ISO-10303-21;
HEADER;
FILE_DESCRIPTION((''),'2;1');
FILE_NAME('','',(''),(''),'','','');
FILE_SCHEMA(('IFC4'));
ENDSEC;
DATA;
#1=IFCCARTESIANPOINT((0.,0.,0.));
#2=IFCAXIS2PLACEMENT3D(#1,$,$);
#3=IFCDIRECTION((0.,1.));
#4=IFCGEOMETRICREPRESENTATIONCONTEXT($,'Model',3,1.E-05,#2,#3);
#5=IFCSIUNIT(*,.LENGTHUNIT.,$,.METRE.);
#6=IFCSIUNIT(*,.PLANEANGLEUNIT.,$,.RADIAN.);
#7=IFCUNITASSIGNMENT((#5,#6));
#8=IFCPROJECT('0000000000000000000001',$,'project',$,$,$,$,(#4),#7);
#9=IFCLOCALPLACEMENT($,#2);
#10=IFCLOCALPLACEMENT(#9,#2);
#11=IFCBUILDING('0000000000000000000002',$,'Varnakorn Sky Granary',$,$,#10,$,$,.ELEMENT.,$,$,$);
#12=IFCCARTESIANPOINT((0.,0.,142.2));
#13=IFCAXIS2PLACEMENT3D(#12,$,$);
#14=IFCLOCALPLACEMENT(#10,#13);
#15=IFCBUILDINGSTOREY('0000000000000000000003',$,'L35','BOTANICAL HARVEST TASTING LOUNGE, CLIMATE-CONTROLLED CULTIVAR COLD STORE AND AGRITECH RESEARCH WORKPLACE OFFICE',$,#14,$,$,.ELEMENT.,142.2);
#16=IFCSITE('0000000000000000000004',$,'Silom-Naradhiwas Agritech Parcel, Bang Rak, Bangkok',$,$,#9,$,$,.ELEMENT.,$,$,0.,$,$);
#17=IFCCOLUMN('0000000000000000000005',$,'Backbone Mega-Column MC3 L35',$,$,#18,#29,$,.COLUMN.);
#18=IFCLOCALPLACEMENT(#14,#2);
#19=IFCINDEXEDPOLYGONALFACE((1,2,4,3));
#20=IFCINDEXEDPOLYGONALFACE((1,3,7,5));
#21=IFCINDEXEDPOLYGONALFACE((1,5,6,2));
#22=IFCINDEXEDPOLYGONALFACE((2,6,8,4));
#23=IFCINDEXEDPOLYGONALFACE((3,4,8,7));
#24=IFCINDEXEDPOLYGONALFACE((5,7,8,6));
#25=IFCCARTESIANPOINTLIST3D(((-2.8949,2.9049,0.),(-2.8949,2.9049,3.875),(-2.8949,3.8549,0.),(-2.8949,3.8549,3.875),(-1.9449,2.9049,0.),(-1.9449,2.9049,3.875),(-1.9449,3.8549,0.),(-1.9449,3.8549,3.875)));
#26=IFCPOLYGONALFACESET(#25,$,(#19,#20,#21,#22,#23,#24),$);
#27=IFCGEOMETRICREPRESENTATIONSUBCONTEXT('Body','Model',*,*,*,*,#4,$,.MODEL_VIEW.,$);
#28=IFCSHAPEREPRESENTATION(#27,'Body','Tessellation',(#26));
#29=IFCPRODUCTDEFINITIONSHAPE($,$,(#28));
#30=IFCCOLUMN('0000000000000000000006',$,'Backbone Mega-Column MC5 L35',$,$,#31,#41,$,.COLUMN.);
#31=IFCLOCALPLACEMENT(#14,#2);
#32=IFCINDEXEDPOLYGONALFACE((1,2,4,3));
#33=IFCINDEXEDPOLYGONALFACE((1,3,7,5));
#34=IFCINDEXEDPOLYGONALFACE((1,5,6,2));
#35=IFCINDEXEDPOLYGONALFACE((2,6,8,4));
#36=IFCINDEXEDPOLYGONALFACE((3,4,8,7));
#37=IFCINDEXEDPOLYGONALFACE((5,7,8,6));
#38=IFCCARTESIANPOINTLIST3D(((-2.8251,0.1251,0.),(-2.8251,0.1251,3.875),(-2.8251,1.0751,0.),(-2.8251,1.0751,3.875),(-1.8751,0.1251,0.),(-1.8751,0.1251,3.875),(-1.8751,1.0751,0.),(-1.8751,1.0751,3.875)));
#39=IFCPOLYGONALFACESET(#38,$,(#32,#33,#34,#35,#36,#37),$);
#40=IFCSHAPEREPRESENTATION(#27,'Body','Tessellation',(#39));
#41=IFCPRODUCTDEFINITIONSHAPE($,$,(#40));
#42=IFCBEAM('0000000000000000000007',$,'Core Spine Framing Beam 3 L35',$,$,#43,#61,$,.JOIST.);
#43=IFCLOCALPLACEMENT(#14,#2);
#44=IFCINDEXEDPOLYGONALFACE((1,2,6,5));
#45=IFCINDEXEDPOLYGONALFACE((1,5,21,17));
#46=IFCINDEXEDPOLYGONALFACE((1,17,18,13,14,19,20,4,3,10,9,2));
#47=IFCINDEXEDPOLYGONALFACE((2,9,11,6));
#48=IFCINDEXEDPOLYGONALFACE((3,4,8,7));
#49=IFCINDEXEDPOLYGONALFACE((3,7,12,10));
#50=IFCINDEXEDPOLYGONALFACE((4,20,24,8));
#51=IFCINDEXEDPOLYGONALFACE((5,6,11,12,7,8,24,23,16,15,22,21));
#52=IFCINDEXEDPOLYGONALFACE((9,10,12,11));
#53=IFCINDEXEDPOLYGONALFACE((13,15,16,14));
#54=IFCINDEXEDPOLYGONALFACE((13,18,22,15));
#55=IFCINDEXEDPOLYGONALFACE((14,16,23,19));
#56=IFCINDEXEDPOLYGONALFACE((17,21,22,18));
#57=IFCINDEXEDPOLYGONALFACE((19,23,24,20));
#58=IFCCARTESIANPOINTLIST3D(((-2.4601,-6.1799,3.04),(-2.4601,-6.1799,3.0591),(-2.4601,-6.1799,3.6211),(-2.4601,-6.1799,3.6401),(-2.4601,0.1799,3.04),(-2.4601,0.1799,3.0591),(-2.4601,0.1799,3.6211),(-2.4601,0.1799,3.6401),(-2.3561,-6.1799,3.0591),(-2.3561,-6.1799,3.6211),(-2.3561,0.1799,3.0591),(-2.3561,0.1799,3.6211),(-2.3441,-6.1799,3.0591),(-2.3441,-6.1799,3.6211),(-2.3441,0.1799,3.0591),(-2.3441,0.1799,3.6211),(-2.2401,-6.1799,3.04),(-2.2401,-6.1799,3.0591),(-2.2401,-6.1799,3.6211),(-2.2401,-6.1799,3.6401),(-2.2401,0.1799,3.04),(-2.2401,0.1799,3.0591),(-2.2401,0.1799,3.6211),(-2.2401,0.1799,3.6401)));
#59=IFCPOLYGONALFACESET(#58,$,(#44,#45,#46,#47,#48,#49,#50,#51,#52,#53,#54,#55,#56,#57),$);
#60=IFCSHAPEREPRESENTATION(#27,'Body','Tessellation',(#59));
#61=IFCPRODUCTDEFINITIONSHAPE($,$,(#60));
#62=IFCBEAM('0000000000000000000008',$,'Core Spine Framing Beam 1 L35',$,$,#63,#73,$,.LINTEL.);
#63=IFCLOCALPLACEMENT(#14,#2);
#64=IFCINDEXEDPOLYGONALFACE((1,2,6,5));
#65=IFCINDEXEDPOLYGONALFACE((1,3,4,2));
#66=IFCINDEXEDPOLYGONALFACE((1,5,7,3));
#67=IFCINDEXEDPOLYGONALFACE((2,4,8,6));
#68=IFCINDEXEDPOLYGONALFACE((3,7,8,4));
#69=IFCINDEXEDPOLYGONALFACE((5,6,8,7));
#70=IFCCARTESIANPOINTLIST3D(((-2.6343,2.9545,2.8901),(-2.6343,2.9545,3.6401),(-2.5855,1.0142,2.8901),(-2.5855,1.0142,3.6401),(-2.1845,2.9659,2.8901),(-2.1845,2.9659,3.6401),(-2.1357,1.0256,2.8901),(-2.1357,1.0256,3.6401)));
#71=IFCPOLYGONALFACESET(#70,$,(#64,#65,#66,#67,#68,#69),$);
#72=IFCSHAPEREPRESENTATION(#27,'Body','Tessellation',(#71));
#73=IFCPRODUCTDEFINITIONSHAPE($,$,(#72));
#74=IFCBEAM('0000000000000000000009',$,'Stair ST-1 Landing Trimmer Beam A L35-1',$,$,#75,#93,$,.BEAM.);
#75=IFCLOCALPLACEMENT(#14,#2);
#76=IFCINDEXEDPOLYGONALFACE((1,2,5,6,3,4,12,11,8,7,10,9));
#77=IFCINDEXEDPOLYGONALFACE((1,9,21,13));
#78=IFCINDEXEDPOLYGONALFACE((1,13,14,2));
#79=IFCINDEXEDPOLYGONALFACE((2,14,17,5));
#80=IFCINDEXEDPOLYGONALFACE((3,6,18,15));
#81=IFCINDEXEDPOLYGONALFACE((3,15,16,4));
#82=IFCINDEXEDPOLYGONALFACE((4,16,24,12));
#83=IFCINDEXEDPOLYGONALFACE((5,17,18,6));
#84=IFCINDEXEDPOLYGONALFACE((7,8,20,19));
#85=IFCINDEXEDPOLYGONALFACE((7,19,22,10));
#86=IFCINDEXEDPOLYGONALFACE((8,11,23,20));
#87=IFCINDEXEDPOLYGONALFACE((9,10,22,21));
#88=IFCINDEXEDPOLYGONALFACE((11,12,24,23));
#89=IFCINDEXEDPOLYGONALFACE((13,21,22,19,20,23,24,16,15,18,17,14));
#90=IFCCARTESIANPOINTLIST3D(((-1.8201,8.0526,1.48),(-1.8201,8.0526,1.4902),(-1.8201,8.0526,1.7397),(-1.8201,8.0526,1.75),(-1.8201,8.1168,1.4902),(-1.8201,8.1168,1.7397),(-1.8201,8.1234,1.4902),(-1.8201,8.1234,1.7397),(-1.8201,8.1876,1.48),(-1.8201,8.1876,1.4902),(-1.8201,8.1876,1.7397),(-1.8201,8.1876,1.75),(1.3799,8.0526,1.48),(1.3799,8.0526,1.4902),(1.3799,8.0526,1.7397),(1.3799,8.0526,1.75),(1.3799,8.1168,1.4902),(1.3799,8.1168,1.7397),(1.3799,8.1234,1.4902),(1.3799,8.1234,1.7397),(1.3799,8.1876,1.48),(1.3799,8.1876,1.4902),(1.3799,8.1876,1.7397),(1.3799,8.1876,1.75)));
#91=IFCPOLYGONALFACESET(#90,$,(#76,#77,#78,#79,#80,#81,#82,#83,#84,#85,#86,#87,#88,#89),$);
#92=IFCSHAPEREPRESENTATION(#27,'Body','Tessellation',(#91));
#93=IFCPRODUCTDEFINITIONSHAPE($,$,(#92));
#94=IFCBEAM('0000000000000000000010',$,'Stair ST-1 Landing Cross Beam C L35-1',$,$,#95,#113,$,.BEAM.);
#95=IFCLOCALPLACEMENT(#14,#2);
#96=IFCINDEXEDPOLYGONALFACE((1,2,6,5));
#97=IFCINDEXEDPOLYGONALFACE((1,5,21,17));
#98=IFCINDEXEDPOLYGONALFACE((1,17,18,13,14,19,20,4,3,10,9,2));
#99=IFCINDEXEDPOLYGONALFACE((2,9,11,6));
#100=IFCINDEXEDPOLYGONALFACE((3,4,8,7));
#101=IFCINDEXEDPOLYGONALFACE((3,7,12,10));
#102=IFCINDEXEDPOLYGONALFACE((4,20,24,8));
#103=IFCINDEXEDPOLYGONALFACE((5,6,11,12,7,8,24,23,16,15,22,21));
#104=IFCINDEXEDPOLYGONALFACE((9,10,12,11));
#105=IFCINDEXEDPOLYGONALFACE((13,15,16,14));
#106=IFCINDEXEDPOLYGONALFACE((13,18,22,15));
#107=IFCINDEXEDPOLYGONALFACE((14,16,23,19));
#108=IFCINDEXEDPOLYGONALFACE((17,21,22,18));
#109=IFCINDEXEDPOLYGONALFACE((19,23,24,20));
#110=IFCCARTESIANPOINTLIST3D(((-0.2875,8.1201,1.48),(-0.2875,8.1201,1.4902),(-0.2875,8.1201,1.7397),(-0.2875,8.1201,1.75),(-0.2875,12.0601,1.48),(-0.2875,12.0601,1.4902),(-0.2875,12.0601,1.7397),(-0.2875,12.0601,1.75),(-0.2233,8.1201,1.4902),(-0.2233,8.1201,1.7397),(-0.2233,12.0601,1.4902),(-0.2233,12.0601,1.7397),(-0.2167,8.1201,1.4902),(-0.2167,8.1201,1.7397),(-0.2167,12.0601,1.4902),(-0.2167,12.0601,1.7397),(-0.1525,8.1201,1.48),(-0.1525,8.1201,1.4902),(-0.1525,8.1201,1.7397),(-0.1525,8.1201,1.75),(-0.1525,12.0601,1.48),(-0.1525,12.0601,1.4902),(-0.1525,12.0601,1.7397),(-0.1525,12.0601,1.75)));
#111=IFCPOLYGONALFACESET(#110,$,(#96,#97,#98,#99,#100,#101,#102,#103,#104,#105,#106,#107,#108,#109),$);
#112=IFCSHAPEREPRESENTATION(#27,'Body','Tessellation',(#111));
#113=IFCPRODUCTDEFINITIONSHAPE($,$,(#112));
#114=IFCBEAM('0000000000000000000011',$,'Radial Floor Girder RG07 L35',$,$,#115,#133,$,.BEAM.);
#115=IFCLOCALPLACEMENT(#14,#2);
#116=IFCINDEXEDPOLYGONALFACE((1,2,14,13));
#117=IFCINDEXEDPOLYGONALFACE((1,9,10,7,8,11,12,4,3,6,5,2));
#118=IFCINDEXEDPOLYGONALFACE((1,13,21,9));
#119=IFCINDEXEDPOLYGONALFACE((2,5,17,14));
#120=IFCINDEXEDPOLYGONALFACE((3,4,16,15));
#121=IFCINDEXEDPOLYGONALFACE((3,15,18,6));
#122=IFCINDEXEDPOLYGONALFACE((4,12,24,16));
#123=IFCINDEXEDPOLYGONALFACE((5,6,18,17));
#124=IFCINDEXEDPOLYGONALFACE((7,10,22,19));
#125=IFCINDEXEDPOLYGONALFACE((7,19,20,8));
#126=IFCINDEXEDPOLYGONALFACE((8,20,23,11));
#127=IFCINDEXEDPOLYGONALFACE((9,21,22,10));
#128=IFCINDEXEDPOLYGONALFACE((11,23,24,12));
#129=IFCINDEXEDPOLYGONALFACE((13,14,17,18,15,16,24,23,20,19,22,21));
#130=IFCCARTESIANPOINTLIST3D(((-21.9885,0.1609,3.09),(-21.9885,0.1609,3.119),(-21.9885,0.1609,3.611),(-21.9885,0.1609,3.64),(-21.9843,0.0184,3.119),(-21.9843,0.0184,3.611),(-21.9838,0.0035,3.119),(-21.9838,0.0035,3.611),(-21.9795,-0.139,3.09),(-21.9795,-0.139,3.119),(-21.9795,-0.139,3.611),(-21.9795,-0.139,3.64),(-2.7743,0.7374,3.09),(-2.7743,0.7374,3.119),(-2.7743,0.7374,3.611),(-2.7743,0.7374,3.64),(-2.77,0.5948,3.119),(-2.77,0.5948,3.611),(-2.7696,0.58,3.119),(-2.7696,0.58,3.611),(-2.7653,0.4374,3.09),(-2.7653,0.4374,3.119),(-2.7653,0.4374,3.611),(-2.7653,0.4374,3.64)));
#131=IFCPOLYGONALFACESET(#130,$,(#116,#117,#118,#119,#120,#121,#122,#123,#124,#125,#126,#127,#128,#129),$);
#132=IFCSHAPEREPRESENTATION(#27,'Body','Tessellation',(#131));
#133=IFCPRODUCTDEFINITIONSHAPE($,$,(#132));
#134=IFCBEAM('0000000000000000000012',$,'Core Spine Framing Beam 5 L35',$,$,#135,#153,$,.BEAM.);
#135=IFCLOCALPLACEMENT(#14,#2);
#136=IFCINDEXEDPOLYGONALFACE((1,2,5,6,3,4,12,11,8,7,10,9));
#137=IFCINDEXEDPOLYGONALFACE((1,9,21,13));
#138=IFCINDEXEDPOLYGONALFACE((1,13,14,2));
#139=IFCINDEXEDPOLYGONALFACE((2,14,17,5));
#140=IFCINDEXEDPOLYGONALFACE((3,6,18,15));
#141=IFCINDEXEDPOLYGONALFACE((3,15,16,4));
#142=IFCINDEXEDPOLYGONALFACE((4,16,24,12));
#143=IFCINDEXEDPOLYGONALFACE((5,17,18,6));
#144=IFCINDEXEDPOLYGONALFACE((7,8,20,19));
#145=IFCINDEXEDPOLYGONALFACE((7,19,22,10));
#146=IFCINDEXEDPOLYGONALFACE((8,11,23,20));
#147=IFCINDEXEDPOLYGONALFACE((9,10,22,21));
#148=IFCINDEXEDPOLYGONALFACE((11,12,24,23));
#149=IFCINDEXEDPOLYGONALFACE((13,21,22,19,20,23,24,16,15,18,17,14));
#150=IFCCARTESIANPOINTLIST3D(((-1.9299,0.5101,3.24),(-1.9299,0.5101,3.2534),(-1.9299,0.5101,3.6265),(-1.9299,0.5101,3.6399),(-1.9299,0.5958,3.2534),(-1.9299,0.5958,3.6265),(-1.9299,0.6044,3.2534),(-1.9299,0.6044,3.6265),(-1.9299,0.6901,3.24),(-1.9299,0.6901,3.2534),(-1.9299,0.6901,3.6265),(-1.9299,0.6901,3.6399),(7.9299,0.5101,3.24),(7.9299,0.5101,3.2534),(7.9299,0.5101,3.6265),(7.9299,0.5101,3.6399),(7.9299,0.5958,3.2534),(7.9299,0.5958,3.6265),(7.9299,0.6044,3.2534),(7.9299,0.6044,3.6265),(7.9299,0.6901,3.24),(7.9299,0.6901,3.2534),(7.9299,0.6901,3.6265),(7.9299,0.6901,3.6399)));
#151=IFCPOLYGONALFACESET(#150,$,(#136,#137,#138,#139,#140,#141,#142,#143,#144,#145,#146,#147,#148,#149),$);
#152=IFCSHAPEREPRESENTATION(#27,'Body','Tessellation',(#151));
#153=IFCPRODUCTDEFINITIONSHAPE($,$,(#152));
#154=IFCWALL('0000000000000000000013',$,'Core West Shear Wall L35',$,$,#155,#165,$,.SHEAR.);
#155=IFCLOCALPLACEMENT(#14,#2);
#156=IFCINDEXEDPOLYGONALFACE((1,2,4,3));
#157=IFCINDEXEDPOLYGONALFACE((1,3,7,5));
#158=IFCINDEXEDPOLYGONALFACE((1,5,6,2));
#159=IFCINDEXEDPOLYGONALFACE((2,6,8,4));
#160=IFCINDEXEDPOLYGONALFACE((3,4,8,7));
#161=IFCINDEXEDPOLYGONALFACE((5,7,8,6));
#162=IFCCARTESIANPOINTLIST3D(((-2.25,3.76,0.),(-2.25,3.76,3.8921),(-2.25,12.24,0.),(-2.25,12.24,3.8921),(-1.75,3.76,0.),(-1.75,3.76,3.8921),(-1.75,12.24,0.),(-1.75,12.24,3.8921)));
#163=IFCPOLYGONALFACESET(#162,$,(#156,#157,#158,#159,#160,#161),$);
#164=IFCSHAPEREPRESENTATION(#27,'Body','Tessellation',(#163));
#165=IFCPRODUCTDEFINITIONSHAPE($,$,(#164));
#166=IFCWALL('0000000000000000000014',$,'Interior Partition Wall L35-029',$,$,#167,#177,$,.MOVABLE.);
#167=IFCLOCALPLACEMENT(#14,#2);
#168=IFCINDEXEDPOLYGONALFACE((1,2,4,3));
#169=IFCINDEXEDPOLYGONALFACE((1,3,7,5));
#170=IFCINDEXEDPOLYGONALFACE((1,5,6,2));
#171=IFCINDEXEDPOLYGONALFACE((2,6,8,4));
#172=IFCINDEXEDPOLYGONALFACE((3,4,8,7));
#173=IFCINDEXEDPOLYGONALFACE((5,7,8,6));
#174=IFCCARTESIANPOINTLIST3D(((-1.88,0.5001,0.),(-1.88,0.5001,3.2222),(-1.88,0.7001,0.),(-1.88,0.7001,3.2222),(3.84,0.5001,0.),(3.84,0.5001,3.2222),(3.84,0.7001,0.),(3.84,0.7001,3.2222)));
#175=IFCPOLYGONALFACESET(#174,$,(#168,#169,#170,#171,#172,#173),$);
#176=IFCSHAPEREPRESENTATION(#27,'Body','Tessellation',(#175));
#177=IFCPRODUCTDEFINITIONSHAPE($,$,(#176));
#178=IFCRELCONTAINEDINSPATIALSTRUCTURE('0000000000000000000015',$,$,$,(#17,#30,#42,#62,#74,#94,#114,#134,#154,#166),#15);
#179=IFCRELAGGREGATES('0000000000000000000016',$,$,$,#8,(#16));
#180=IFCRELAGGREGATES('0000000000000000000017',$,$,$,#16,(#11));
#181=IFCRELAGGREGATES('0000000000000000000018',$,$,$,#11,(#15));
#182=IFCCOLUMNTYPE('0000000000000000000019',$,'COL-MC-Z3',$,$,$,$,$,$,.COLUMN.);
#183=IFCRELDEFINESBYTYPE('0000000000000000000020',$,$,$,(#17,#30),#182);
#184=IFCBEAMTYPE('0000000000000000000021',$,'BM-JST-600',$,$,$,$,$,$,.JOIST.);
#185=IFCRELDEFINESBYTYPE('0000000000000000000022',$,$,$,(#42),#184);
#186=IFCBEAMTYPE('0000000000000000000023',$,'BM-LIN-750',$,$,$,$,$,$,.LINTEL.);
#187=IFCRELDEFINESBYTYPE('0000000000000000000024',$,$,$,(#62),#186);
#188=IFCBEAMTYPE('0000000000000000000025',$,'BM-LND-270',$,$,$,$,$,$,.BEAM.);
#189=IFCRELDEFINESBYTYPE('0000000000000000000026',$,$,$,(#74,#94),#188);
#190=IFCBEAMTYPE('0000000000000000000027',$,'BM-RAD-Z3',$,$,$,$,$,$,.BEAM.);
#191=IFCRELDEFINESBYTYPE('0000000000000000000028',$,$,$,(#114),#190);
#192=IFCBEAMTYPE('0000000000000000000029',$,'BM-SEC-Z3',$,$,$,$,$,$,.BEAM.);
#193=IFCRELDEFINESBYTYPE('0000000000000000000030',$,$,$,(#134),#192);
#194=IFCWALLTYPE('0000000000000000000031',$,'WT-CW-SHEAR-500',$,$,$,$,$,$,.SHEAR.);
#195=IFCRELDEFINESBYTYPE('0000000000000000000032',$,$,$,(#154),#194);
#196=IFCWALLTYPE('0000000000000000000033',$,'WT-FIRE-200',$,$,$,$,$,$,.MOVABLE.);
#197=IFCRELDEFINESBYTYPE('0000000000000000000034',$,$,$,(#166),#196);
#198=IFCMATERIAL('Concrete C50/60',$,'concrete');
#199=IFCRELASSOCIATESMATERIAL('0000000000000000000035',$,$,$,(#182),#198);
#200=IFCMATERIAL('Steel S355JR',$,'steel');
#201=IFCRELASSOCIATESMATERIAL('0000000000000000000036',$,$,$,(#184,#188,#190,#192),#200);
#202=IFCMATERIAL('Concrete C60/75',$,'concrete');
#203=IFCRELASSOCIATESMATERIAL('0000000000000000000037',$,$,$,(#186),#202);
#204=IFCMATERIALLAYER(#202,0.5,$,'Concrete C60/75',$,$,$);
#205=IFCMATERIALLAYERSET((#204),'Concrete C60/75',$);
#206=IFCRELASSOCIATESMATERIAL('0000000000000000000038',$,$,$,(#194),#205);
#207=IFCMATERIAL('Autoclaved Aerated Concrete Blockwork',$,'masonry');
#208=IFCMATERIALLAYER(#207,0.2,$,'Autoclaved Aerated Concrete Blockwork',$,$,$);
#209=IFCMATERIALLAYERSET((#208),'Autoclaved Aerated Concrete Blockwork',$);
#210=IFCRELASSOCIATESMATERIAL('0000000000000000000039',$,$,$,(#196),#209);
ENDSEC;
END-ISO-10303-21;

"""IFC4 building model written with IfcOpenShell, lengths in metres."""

from ifc_helpers import new_model, si_unit, direction, frame, frame_2d, origin, origin_2d, place, context, subcontext, project, spatial, rectangle, i_section, extrude, material, layer, layer_set, material_profile, profile_set, type_object, element, save


model = new_model("IFC4")

# Units and contexts
model_context = context("Model", 3, precision=1e-05, world=origin(), true_north=direction((0.0, 1.0)))
body_context = subcontext(model_context, "Body", "Model", "MODEL_VIEW")
ifc_project = project(units=[si_unit("LENGTHUNIT", "METRE"), si_unit("PLANEANGLEUNIT", "RADIAN")], contexts=[model_context])

# Site, building, storey
site_placement = place(None, origin())
site = spatial("IfcSite", under=ifc_project, at=site_placement, Name="Silom-Naradhiwas Agritech Parcel, Bang Rak, Bangkok", CompositionType="ELEMENT", RefElevation=0.0)
building_placement = place(site_placement, origin())
building = spatial("IfcBuilding", under=site, at=building_placement, Name="Varnakorn Sky Granary", CompositionType="ELEMENT")
storey_placement = place(building_placement, frame((0.0, 0.0, 142.2)))
storey = spatial("IfcBuildingStorey", under=building, at=storey_placement, Name="L35", Description="BOTANICAL HARVEST TASTING LOUNGE, CLIMATE-CONTROLLED CULTIVAR COLD STORE AND AGRITECH RESEARCH WORKPLACE OFFICE", CompositionType="ELEMENT", Elevation=142.2)

# Columns
ifc_material_1 = material(Name="Concrete C50/60", Category="concrete")
ifc_material_profile_1 = material_profile(ifc_material_1, rectangle(XDim=0.95, YDim=0.95, at=origin_2d()), Name="RC 950x950")
ifc_profile_set_1 = profile_set([ifc_material_profile_1], Name="Concrete C50/60")
column_type = type_object("IfcColumnType", Name="COL-MC-Z3", PredefinedType="COLUMN", material=ifc_profile_set_1)
for number, where, z_axis, x_axis, name in (
    (1, (-2.4199, 3.3799, 0.0), (0.0, 0.0, 1.0), (1.0, 0.0, 0.0), "Backbone Mega-Column MC3 L35"),
    (2, (-2.3501, 0.6001, 0.0), (0.0, 0.0, 1.0), (1.0, 0.0, 0.0), "Backbone Mega-Column MC5 L35"),
):
    element("IfcColumn", number, at=place(storey_placement, frame(where, z_axis=z_axis, x_axis=x_axis)), inside=storey, type_object=column_type, Name=name, PredefinedType="COLUMN", context=body_context, shape_type="SweptSolid", body=[
        extrude(rectangle(XDim=0.95, YDim=0.95, at=origin_2d()), origin(), (0.0, 0.0, 1.0), 3.875),
    ])

# Beams
ifc_material_2 = material(Name="Steel S355JR", Category="steel")
ifc_material_profile_2 = material_profile(ifc_material_2, i_section(OverallWidth=0.22, OverallDepth=0.6001, WebThickness=0.012, FlangeThickness=0.019, at=origin_2d()), Name="IPE 600")
ifc_profile_set_2 = profile_set([ifc_material_profile_2], Name="Steel S355JR")
beam_type_1 = type_object("IfcBeamType", Name="BM-JST-600", PredefinedType="JOIST", material=ifc_profile_set_2)
beam_1_placement = place(storey_placement, frame((-2.3501, 0.1799, 3.3401), z_axis=(0.0, -1.0, 0.0), x_axis=(1.0, 0.0, 0.0)))
element("IfcBeam", 3, at=beam_1_placement, inside=storey, type_object=beam_type_1, Name="Core Spine Framing Beam 3 L35", PredefinedType="JOIST", context=body_context, shape_type="SweptSolid", body=[
    extrude(i_section(OverallWidth=0.22, OverallDepth=0.6001, WebThickness=0.012, FlangeThickness=0.019, at=origin_2d()), origin(), (0.0, 0.0, 1.0), 6.3599),
])
ifc_material_3 = material(Name="Concrete C60/75", Category="concrete")
ifc_material_profile_3 = material_profile(ifc_material_3, rectangle(XDim=0.45, YDim=0.75, at=origin_2d()), Name="RC 450x750")
ifc_profile_set_3 = profile_set([ifc_material_profile_3], Name="Concrete C60/75")
beam_type_2 = type_object("IfcBeamType", Name="BM-LIN-750", PredefinedType="LINTEL", material=ifc_profile_set_3)
beam_2_placement = place(storey_placement, frame((-2.4094, 2.9602, 3.2651), z_axis=(0.025159, -0.999683, 0.0), x_axis=(0.999683, 0.025159, 0.0)))
element("IfcBeam", 4, at=beam_2_placement, inside=storey, type_object=beam_type_2, Name="Core Spine Framing Beam 1 L35", PredefinedType="LINTEL", context=body_context, shape_type="SweptSolid", body=[
    extrude(rectangle(XDim=0.45, YDim=0.75, at=origin_2d()), origin(), (0.0, 0.0, 1.0), 1.9409),
])
ifc_material_profile_4 = material_profile(ifc_material_2, i_section(OverallWidth=0.135, OverallDepth=0.27, WebThickness=0.0066, FlangeThickness=0.0103, at=origin_2d()), Name="IPE 270")
ifc_profile_set_4 = profile_set([ifc_material_profile_4], Name="Steel S355JR")
beam_type_3 = type_object("IfcBeamType", Name="BM-LND-270", PredefinedType="BEAM", material=ifc_profile_set_4)
beam_3_placement = place(storey_placement, frame((-1.8201, 8.1201, 1.615), z_axis=(1.0, 0.0, 0.0), x_axis=(0.0, 1.0, 0.0)))
element("IfcBeam", 5, at=beam_3_placement, inside=storey, type_object=beam_type_3, Name="Stair ST-1 Landing Trimmer Beam A L35-1", PredefinedType="BEAM", context=body_context, shape_type="SweptSolid", body=[
    extrude(i_section(OverallWidth=0.135, OverallDepth=0.27, WebThickness=0.0066, FlangeThickness=0.0103, at=origin_2d()), origin(), (0.0, 0.0, 1.0), 3.2),
])
beam_4_placement = place(storey_placement, frame((-0.22, 8.1201, 1.615), z_axis=(0.0, 1.0, 0.0), x_axis=(-1.0, 0.0, 0.0)))
element("IfcBeam", 6, at=beam_4_placement, inside=storey, type_object=beam_type_3, Name="Stair ST-1 Landing Cross Beam C L35-1", PredefinedType="BEAM", context=body_context, shape_type="SweptSolid", body=[
    extrude(i_section(OverallWidth=0.135, OverallDepth=0.27, WebThickness=0.0066, FlangeThickness=0.0103, at=origin_2d()), origin(), (0.0, 0.0, 1.0), 3.9399),
])
ifc_material_profile_5 = material_profile(ifc_material_2, i_section(OverallWidth=0.3, OverallDepth=0.55, WebThickness=0.0149, FlangeThickness=0.0291, at=origin_2d()), Name="HE 550 B")
ifc_profile_set_5 = profile_set([ifc_material_profile_5], Name="Steel S355JR")
beam_type_4 = type_object("IfcBeamType", Name="BM-RAD-Z3", PredefinedType="BEAM", material=ifc_profile_set_5)
beam_5_placement = place(storey_placement, frame((-2.7698, 0.5874, 3.365), z_axis=(-0.99955, -0.029986, 0.0), x_axis=(0.029986, -0.99955, 0.0)))
element("IfcBeam", 7, at=beam_5_placement, inside=storey, type_object=beam_type_4, Name="Radial Floor Girder RG07 L35", PredefinedType="BEAM", context=body_context, shape_type="SweptSolid", body=[
    extrude(i_section(OverallWidth=0.3, OverallDepth=0.55, WebThickness=0.0149, FlangeThickness=0.0291, at=origin_2d()), origin(), (0.0, 0.0, 1.0), 19.2229),
])
ifc_material_profile_6 = material_profile(ifc_material_2, i_section(OverallWidth=0.1799, OverallDepth=0.3999, WebThickness=0.0085, FlangeThickness=0.0134, at=origin_2d()), Name="IPE 400")
ifc_profile_set_6 = profile_set([ifc_material_profile_6], Name="Steel S355JR")
beam_type_5 = type_object("IfcBeamType", Name="BM-SEC-Z3", PredefinedType="BEAM", material=ifc_profile_set_6)
beam_6_placement = place(storey_placement, frame((-1.9299, 0.6001, 3.4399), z_axis=(1.0, 0.0, 0.0), x_axis=(0.0, 1.0, 0.0)))
element("IfcBeam", 8, at=beam_6_placement, inside=storey, type_object=beam_type_5, Name="Core Spine Framing Beam 5 L35", PredefinedType="BEAM", context=body_context, shape_type="SweptSolid", body=[
    extrude(i_section(OverallWidth=0.1799, OverallDepth=0.3999, WebThickness=0.0085, FlangeThickness=0.0134, at=origin_2d()), origin(), (0.0, 0.0, 1.0), 9.8599),
])

# Shared definitions
ifc_layer_1 = layer(ifc_material_3, 0.5, Name="Concrete C60/75")
ifc_layer_set_1 = layer_set([ifc_layer_1], Name="Concrete C60/75")
wall_type_1 = type_object("IfcWallType", Name="WT-CW-SHEAR-500", PredefinedType="SHEAR", material=ifc_layer_set_1)

# Walls
wall_1_placement = place(storey_placement, frame((-2.0, 3.76, 0.0), z_axis=(0.0, 0.0, 1.0), x_axis=(0.0, 1.0, 0.0)))
element("IfcWall", 9, at=wall_1_placement, inside=storey, type_object=wall_type_1, Name="Core West Shear Wall L35", PredefinedType="SHEAR", context=body_context, shape_type="SweptSolid", body=[
    extrude(rectangle(XDim=8.48, YDim=0.5, at=frame_2d((4.24, 0.0))), origin(), (0.0, 0.0, 1.0), 3.8921),
])
ifc_material_4 = material(Name="Autoclaved Aerated Concrete Blockwork", Category="masonry")
ifc_layer_2 = layer(ifc_material_4, 0.2, Name="Autoclaved Aerated Concrete Blockwork")
ifc_layer_set_2 = layer_set([ifc_layer_2], Name="Autoclaved Aerated Concrete Blockwork")
wall_type_2 = type_object("IfcWallType", Name="WT-FIRE-200", PredefinedType="MOVABLE", material=ifc_layer_set_2)
wall_2_placement = place(storey_placement, frame((-1.8799, 0.6001, 0.0), z_axis=(0.0, 0.0, 1.0), x_axis=(1.0, 0.0, 0.0)))
element("IfcWall", 10, at=wall_2_placement, inside=storey, type_object=wall_type_2, Name="Interior Partition Wall L35-029", PredefinedType="MOVABLE", context=body_context, shape_type="SweptSolid", body=[
    extrude(rectangle(XDim=5.72, YDim=0.2, at=frame_2d((2.8599, 0.0))), origin(), (0.0, 0.0, 1.0), 3.2222),
])

save(model, "model.ifc")
